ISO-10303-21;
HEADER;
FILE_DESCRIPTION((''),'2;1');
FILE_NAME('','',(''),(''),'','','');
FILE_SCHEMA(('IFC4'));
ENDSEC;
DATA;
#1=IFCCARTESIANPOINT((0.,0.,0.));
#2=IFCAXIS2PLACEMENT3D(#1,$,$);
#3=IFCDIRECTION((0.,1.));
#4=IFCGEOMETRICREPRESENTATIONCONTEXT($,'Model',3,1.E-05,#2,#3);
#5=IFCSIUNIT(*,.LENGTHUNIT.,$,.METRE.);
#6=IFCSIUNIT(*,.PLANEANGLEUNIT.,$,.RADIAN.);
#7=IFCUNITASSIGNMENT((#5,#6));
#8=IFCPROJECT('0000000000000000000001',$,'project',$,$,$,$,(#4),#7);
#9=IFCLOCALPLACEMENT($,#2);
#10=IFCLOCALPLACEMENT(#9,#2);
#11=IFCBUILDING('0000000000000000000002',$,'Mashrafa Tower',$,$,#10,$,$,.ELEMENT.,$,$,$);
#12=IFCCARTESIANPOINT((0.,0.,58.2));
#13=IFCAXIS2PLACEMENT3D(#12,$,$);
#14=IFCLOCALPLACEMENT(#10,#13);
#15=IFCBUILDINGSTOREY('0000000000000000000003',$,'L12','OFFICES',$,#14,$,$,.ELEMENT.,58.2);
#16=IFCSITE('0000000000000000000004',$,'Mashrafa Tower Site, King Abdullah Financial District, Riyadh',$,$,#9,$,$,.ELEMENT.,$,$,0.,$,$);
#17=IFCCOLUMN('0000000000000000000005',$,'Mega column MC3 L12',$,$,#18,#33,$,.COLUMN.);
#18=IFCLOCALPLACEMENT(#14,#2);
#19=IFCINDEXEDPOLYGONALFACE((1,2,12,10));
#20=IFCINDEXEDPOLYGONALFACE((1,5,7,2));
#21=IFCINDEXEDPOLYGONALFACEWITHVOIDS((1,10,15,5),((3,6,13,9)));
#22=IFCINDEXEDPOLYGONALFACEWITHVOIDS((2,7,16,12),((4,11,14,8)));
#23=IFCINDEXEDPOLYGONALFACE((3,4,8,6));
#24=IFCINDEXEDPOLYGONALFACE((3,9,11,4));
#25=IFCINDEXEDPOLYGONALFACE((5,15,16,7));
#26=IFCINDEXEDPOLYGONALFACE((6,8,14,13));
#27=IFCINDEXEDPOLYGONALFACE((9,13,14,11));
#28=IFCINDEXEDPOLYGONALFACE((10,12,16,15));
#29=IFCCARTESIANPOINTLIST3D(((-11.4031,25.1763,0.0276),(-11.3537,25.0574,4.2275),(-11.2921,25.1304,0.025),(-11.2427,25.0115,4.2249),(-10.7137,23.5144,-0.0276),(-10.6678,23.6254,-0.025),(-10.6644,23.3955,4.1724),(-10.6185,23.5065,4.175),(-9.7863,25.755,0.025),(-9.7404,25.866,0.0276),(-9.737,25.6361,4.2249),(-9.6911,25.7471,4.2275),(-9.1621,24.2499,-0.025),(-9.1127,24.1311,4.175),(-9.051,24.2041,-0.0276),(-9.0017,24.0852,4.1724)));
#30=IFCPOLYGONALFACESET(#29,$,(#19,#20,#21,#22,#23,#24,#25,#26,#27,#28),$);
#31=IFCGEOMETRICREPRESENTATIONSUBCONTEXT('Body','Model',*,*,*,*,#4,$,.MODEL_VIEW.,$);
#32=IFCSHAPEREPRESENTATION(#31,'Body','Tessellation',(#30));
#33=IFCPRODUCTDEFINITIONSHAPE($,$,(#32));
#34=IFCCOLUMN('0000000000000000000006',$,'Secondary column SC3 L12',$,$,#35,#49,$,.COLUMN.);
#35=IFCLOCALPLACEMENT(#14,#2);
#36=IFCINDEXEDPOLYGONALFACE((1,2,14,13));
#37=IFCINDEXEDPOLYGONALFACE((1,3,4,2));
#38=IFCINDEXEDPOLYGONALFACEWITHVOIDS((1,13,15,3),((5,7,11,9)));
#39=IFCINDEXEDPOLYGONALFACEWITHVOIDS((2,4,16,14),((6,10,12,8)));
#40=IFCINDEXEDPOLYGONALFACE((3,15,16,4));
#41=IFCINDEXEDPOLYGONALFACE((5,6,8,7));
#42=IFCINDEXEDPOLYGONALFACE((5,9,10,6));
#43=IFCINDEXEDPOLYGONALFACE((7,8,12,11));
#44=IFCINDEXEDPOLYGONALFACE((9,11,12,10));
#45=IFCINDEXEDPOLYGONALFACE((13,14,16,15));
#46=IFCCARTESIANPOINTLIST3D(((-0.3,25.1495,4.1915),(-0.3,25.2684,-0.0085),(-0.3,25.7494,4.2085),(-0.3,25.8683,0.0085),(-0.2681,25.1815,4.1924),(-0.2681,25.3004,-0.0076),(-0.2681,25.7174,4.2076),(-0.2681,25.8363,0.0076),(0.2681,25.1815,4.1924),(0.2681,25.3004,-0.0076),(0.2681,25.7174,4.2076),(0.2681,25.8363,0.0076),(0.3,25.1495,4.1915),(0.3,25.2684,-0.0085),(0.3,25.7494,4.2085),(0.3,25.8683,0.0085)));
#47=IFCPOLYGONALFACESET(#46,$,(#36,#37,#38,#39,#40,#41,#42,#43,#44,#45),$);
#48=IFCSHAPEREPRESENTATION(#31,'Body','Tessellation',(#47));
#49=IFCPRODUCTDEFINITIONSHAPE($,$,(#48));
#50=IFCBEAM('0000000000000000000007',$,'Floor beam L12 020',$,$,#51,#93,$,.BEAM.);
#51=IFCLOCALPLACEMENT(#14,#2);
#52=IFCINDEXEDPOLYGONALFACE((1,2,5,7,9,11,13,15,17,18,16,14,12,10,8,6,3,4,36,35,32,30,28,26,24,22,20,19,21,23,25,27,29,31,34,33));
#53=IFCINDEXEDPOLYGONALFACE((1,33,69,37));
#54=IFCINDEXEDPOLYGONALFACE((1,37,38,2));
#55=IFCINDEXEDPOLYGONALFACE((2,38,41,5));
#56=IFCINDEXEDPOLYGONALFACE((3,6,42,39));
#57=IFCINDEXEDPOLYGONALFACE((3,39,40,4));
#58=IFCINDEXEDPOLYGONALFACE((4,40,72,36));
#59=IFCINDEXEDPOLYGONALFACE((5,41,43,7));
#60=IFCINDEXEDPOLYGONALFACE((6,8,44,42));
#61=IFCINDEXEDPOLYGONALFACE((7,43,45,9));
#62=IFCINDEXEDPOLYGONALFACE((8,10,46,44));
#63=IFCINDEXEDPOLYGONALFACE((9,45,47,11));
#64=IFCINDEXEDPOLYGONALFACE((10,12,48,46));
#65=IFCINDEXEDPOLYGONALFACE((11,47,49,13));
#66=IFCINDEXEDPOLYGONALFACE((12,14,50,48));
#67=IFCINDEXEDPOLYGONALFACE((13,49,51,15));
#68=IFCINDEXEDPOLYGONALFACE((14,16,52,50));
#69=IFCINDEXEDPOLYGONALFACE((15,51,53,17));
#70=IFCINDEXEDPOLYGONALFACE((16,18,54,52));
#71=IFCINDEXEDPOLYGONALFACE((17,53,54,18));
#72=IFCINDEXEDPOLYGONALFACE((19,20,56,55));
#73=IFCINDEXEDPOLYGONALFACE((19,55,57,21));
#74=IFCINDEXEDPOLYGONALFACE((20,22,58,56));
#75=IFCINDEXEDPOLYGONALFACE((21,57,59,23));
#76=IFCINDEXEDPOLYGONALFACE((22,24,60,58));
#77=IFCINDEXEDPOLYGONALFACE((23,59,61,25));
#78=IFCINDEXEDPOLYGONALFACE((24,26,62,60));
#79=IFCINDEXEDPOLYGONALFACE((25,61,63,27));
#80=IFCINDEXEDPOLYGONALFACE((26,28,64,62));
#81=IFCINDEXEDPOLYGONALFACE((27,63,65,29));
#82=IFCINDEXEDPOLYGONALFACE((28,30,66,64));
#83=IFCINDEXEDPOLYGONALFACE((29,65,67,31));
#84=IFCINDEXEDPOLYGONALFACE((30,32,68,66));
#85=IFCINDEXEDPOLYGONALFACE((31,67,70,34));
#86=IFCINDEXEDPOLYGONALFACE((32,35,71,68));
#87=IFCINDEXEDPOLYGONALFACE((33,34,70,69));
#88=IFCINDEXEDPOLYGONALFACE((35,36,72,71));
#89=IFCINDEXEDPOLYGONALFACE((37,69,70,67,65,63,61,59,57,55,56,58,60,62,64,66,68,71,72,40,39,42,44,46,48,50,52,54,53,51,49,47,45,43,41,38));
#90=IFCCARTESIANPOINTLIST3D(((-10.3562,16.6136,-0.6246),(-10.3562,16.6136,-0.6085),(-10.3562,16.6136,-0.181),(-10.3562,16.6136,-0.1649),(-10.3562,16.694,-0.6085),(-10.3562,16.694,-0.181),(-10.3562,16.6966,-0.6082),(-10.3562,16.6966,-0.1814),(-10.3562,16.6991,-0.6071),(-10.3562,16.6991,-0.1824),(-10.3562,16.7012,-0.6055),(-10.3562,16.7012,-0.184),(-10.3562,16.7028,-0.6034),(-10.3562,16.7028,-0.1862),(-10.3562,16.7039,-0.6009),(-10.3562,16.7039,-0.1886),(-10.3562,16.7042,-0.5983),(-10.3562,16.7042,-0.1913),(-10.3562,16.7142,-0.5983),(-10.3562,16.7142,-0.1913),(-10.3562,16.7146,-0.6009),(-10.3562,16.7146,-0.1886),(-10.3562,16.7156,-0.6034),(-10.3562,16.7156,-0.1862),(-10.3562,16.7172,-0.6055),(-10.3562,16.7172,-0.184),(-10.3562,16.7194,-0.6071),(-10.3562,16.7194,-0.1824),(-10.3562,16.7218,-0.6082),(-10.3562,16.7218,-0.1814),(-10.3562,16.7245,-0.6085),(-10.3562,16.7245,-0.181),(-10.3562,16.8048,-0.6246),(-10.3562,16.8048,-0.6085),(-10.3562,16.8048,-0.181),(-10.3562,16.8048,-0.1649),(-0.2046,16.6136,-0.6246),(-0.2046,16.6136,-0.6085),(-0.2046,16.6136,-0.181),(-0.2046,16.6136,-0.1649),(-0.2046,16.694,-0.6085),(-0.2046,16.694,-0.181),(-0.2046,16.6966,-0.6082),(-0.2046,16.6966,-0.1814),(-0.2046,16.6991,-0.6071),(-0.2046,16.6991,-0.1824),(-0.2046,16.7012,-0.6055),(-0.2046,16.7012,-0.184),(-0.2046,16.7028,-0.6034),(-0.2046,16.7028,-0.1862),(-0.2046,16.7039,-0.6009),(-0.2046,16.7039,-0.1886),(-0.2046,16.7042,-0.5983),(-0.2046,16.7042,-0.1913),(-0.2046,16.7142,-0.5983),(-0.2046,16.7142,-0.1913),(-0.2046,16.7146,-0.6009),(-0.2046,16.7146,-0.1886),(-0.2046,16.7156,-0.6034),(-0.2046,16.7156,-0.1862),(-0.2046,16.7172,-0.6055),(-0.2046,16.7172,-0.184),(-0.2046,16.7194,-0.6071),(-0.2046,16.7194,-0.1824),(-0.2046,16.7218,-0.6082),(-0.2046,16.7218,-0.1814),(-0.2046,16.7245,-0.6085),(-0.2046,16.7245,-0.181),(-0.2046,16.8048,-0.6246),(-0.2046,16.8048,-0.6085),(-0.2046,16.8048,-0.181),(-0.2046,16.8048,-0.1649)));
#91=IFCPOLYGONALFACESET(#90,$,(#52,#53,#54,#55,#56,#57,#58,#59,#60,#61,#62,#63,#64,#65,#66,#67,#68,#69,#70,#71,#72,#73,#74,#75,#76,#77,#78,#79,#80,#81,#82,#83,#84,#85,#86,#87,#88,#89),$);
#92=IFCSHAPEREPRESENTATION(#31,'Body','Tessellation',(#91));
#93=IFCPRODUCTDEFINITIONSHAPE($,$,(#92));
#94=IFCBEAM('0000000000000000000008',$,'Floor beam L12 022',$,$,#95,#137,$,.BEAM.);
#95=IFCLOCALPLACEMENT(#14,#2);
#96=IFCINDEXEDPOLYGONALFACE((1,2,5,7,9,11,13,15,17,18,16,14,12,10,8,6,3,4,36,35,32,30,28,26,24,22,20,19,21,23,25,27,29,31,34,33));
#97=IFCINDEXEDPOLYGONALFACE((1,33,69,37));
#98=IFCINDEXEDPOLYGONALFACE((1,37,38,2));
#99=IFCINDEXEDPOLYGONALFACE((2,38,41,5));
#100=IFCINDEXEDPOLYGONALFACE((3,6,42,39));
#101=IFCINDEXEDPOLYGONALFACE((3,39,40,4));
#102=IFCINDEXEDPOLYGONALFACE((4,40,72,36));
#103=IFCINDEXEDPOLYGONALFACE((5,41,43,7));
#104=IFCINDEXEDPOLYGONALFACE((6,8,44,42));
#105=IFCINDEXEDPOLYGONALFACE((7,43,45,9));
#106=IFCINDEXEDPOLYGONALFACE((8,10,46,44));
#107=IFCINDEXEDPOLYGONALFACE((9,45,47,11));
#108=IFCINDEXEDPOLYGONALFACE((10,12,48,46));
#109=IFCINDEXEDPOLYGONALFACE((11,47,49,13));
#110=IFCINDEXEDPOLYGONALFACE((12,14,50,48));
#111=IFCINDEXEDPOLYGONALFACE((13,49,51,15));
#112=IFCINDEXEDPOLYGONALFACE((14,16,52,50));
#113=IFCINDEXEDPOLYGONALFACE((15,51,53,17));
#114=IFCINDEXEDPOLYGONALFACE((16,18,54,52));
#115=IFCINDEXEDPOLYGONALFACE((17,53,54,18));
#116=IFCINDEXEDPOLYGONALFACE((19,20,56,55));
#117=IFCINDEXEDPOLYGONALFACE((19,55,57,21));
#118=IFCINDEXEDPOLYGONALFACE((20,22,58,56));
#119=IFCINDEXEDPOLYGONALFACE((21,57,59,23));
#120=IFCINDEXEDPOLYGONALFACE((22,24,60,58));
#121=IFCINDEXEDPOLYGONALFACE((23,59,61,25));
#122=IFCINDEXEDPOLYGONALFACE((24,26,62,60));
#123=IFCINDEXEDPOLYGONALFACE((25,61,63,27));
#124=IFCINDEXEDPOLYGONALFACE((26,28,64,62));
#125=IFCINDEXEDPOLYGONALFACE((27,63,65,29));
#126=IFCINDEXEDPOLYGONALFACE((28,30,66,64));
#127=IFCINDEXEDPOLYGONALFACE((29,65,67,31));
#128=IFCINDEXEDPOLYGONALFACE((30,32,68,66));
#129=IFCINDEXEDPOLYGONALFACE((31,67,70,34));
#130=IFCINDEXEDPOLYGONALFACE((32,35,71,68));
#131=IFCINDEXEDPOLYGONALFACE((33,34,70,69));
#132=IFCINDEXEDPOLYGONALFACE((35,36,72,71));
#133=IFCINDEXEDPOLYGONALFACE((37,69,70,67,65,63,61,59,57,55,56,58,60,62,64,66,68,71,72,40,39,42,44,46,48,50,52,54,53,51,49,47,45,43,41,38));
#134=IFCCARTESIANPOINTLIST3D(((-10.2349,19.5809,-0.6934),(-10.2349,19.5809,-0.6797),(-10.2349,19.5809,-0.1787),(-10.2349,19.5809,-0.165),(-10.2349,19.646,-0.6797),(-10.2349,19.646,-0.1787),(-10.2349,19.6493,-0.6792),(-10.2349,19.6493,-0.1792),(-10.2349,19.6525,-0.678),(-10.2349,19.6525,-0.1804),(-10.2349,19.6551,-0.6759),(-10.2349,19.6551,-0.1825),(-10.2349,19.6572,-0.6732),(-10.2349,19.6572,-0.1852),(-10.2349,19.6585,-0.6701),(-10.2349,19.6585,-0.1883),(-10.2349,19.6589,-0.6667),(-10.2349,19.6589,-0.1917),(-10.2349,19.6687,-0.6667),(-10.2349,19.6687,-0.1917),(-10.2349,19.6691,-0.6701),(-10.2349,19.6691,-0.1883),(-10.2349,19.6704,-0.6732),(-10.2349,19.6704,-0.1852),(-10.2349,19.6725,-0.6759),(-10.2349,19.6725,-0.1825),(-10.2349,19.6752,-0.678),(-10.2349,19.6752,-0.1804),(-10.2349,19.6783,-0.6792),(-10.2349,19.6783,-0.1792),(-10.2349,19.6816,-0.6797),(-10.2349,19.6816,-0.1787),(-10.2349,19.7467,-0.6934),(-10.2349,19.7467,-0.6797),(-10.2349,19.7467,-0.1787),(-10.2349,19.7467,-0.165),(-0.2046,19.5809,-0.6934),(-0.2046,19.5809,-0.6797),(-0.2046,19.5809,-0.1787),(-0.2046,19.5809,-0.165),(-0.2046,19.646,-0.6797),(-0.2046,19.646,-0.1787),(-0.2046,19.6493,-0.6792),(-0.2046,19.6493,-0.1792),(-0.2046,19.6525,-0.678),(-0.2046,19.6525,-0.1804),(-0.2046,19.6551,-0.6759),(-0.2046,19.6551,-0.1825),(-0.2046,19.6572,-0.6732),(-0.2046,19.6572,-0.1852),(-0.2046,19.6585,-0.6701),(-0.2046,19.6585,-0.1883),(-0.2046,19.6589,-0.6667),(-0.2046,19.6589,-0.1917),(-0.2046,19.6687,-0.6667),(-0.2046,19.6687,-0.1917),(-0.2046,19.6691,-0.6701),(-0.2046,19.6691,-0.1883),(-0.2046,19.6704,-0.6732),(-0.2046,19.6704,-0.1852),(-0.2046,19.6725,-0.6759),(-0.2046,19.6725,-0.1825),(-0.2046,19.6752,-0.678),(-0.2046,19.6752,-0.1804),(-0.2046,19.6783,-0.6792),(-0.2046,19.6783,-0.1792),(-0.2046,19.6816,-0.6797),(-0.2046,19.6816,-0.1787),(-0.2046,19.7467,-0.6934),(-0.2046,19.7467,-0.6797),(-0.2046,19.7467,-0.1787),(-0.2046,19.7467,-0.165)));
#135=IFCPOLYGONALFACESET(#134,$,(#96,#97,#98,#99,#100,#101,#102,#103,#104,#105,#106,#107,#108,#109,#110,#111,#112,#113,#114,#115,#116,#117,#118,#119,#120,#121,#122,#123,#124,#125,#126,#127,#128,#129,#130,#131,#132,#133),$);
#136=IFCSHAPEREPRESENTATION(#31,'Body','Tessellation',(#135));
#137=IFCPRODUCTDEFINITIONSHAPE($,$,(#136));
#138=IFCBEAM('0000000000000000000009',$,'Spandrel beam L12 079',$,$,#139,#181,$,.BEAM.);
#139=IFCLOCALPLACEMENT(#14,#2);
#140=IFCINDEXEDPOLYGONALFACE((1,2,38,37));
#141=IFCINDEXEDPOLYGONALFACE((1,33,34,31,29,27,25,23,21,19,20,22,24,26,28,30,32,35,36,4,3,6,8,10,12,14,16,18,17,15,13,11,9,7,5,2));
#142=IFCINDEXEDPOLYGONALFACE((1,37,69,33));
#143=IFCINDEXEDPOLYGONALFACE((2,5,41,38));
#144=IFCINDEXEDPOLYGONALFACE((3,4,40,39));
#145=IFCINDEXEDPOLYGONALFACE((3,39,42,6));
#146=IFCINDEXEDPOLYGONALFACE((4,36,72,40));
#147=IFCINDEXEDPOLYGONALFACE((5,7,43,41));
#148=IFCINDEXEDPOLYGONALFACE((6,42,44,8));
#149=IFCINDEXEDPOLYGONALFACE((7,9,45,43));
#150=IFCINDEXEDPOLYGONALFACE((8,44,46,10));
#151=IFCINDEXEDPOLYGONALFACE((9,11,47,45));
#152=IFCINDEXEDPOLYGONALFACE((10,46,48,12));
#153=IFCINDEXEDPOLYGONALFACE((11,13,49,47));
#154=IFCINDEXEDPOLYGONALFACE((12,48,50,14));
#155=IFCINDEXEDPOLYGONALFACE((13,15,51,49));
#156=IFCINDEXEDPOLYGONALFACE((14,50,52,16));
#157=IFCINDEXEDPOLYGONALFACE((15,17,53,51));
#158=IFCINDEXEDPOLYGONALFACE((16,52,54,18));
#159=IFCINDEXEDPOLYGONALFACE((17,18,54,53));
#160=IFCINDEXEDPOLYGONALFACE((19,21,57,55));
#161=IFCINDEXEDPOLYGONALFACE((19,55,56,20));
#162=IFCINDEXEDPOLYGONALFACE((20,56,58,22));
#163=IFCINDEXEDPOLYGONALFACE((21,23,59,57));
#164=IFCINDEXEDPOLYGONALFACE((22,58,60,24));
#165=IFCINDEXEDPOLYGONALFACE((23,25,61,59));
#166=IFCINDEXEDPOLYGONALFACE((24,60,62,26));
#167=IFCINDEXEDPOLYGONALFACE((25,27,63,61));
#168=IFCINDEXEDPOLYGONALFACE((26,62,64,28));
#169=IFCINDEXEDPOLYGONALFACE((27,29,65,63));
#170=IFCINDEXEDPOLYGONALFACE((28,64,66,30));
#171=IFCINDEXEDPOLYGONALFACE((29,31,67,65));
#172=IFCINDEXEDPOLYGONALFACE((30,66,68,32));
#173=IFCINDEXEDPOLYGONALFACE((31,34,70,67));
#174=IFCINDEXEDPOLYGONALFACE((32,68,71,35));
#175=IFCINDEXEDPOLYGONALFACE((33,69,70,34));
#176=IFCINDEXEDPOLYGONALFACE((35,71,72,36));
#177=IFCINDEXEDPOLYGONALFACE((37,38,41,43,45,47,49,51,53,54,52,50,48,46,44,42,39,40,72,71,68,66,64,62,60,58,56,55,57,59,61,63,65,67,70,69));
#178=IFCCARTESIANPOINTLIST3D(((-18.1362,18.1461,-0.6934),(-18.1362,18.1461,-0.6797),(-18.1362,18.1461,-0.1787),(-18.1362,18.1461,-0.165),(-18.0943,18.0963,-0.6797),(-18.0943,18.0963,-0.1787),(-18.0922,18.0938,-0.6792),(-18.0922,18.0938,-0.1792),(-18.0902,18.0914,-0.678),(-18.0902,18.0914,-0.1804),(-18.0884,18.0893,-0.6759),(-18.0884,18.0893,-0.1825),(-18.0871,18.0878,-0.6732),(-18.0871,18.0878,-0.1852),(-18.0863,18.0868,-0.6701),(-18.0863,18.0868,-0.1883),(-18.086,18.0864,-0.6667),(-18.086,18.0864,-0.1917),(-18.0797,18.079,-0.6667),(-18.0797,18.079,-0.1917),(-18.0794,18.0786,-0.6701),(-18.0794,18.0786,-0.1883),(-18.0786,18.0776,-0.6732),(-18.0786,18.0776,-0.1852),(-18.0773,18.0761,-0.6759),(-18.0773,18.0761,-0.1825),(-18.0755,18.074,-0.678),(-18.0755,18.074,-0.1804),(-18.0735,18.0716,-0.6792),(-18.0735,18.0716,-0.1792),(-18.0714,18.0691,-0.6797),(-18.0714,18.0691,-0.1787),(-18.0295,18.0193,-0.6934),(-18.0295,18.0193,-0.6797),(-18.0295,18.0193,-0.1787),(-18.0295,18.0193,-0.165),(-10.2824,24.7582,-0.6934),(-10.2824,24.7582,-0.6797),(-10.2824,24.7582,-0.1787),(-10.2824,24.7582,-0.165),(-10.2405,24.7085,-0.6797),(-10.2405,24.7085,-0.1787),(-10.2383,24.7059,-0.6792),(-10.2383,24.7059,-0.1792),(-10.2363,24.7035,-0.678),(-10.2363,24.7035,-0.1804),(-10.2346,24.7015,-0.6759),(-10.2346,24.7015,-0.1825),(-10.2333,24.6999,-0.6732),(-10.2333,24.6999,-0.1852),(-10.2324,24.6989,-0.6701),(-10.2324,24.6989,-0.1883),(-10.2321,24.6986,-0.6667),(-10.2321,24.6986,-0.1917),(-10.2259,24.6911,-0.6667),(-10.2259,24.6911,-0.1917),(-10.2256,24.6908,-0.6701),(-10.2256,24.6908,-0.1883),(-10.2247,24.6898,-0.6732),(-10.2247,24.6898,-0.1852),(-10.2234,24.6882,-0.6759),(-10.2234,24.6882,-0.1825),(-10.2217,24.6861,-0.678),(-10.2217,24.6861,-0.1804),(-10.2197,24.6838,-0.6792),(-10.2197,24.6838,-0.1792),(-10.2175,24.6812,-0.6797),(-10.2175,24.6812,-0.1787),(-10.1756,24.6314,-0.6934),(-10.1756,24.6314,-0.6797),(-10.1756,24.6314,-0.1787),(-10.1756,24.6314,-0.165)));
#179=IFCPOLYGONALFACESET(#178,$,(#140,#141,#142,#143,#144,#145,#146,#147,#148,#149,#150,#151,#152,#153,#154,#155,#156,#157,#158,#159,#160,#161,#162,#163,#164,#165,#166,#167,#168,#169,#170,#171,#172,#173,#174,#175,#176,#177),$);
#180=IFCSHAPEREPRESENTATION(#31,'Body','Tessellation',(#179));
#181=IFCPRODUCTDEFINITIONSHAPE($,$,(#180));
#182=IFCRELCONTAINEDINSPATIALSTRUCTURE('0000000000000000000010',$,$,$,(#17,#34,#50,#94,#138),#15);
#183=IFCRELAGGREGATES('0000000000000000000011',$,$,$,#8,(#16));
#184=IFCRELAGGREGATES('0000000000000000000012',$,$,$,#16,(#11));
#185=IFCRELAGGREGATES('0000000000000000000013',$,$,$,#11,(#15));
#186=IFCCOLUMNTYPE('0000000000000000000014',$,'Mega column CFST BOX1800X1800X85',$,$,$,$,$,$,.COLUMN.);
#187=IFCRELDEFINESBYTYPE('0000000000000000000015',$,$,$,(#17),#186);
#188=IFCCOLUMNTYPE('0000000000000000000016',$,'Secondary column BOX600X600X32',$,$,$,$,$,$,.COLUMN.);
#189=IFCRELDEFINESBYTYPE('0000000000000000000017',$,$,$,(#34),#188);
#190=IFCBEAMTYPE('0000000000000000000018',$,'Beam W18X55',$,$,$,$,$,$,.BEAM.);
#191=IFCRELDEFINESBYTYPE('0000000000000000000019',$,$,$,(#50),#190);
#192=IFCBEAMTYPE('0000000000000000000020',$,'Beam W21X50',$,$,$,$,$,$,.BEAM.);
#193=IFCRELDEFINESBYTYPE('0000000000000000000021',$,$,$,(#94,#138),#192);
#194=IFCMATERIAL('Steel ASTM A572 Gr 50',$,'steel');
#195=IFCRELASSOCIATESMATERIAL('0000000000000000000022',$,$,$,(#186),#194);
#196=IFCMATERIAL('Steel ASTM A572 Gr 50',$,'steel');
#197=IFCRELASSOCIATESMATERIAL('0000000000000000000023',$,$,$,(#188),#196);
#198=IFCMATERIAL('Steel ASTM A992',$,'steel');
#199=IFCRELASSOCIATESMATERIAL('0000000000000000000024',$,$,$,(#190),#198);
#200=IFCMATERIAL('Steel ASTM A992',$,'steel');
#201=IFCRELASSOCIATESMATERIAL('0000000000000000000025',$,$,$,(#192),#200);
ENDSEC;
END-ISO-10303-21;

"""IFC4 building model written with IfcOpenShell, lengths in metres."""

from ifc_helpers import new_model, si_unit, direction, frame, origin, origin_2d, place, context, subcontext, project, spatial, hollow_rectangle, i_section, extrude, material, material_profile, profile_set, type_object, element, save


model = new_model("IFC4")

# Units and contexts
model_context = context("Model", 3, precision=1e-05, world=origin(), true_north=direction((0.0, 1.0)))
body_context = subcontext(model_context, "Body", "Model", "MODEL_VIEW")
ifc_project = project(units=[si_unit("LENGTHUNIT", "METRE"), si_unit("PLANEANGLEUNIT", "RADIAN")], contexts=[model_context])

# Site, building, storey
site_placement = place(None, origin())
site = spatial("IfcSite", under=ifc_project, at=site_placement, Name="Mashrafa Tower Site, King Abdullah Financial District, Riyadh", CompositionType="ELEMENT", RefElevation=0.0)
building_placement = place(site_placement, origin())
building = spatial("IfcBuilding", under=site, at=building_placement, Name="Mashrafa Tower", CompositionType="ELEMENT")
storey_placement = place(building_placement, frame((0.0, 0.0, 58.2)))
storey = spatial("IfcBuildingStorey", under=building, at=storey_placement, Name="L12", Description="OFFICES", CompositionType="ELEMENT", Elevation=58.2)

# Columns
ifc_material_1 = material(Name="Steel ASTM A572 Gr 50", Category="steel")
ifc_material_profile_1 = material_profile(ifc_material_1, hollow_rectangle(XDim=1.8, YDim=1.8, WallThickness=0.085, at=origin_2d()), Name="BOX1800X1800X85")
ifc_profile_set_1 = profile_set([ifc_material_profile_1], Name="Steel ASTM A572 Gr 50")
column_type_1 = type_object("IfcColumnType", Name="Mega column CFST BOX1800X1800X85", PredefinedType="COLUMN", material=ifc_profile_set_1)
column_1_placement = place(storey_placement, frame((-10.2271, 24.6902, 0.0), z_axis=(0.011737, -0.028296, 0.999531), x_axis=(0.923693, 0.383133, 0.0)))
element("IfcColumn", 1, at=column_1_placement, inside=storey, type_object=column_type_1, Name="Mega column MC3 L12", PredefinedType="COLUMN", context=body_context, shape_type="SweptSolid", body=[
    extrude(hollow_rectangle(XDim=1.8, YDim=1.8, WallThickness=0.085, at=origin_2d()), origin(), (0.0, 0.0, 1.0), 4.2019),
])
ifc_material_2 = material(Name="Steel ASTM A572 Gr 50", Category="steel")
ifc_material_profile_2 = material_profile(ifc_material_2, hollow_rectangle(XDim=0.6001, YDim=0.6001, WallThickness=0.032, at=origin_2d()), Name="BOX600X600X32")
ifc_profile_set_2 = profile_set([ifc_material_profile_2], Name="Steel ASTM A572 Gr 50")
column_type_2 = type_object("IfcColumnType", Name="Secondary column BOX600X600X32", PredefinedType="COLUMN", material=ifc_profile_set_2)
column_2_placement = place(storey_placement, frame((0.0, 25.5684, 0.0), z_axis=(0.0, -0.028298, 0.9996), x_axis=(1.0, 0.0, 0.0)))
element("IfcColumn", 2, at=column_2_placement, inside=storey, type_object=column_type_2, Name="Secondary column SC3 L12", PredefinedType="COLUMN", context=body_context, shape_type="SweptSolid", body=[
    extrude(hollow_rectangle(XDim=0.6001, YDim=0.6001, WallThickness=0.032, at=origin_2d()), origin(), (0.0, 0.0, 1.0), 4.2017),
])

# Beams
ifc_material_3 = material(Name="Steel ASTM A992", Category="steel")
ifc_material_profile_3 = material_profile(ifc_material_3, i_section(OverallWidth=0.1912, OverallDepth=0.4597, WebThickness=0.01, FlangeThickness=0.0161, FilletRadius=0.0103, at=origin_2d()), Name="W18X55")
ifc_profile_set_3 = profile_set([ifc_material_profile_3], Name="Steel ASTM A992")
beam_type_1 = type_object("IfcBeamType", Name="Beam W18X55", PredefinedType="BEAM", material=ifc_profile_set_3)
beam_1_placement = place(storey_placement, frame((-10.3562, 16.7092, -0.3948), z_axis=(1.0, 0.0, 0.0), x_axis=(0.0, 1.0, 0.0)))
element("IfcBeam", 3, at=beam_1_placement, inside=storey, type_object=beam_type_1, Name="Floor beam L12 020", PredefinedType="BEAM", context=body_context, shape_type="SweptSolid", body=[
    extrude(i_section(OverallWidth=0.1912, OverallDepth=0.4597, WebThickness=0.01, FlangeThickness=0.0161, FilletRadius=0.0103, at=origin_2d()), origin(), (0.0, 0.0, 1.0), 10.1516),
])
ifc_material_4 = material(Name="Steel ASTM A992", Category="steel")
ifc_material_profile_4 = material_profile(ifc_material_4, i_section(OverallWidth=0.1658, OverallDepth=0.5283, WebThickness=0.0098, FlangeThickness=0.0137, FilletRadius=0.0129, at=origin_2d()), Name="W21X50")
ifc_profile_set_4 = profile_set([ifc_material_profile_4], Name="Steel ASTM A992")
beam_type_2 = type_object("IfcBeamType", Name="Beam W21X50", PredefinedType="BEAM", material=ifc_profile_set_4)
beam_2_placement = place(storey_placement, frame((-10.2349, 19.6638, -0.4292), z_axis=(1.0, 0.0, 0.0), x_axis=(0.0, 1.0, 0.0)))
element("IfcBeam", 4, at=beam_2_placement, inside=storey, type_object=beam_type_2, Name="Floor beam L12 022", PredefinedType="BEAM", context=body_context, shape_type="SweptSolid", body=[
    extrude(i_section(OverallWidth=0.1658, OverallDepth=0.5283, WebThickness=0.0098, FlangeThickness=0.0137, FilletRadius=0.0129, at=origin_2d()), origin(), (0.0, 0.0, 1.0), 10.0303),
])
beam_3_placement = place(storey_placement, frame((-10.229, 24.6948, -0.4292), z_axis=(-0.76499, -0.644043, 0.0), x_axis=(0.644043, -0.76499, 0.0)))
element("IfcBeam", 5, at=beam_3_placement, inside=storey, type_object=beam_type_2, Name="Spandrel beam L12 079", PredefinedType="BEAM", context=body_context, shape_type="SweptSolid", body=[
    extrude(i_section(OverallWidth=0.1658, OverallDepth=0.5283, WebThickness=0.0098, FlangeThickness=0.0137, FilletRadius=0.0129, at=origin_2d()), origin(), (0.0, 0.0, 1.0), 10.2666),
])

save(model, "model.ifc")
